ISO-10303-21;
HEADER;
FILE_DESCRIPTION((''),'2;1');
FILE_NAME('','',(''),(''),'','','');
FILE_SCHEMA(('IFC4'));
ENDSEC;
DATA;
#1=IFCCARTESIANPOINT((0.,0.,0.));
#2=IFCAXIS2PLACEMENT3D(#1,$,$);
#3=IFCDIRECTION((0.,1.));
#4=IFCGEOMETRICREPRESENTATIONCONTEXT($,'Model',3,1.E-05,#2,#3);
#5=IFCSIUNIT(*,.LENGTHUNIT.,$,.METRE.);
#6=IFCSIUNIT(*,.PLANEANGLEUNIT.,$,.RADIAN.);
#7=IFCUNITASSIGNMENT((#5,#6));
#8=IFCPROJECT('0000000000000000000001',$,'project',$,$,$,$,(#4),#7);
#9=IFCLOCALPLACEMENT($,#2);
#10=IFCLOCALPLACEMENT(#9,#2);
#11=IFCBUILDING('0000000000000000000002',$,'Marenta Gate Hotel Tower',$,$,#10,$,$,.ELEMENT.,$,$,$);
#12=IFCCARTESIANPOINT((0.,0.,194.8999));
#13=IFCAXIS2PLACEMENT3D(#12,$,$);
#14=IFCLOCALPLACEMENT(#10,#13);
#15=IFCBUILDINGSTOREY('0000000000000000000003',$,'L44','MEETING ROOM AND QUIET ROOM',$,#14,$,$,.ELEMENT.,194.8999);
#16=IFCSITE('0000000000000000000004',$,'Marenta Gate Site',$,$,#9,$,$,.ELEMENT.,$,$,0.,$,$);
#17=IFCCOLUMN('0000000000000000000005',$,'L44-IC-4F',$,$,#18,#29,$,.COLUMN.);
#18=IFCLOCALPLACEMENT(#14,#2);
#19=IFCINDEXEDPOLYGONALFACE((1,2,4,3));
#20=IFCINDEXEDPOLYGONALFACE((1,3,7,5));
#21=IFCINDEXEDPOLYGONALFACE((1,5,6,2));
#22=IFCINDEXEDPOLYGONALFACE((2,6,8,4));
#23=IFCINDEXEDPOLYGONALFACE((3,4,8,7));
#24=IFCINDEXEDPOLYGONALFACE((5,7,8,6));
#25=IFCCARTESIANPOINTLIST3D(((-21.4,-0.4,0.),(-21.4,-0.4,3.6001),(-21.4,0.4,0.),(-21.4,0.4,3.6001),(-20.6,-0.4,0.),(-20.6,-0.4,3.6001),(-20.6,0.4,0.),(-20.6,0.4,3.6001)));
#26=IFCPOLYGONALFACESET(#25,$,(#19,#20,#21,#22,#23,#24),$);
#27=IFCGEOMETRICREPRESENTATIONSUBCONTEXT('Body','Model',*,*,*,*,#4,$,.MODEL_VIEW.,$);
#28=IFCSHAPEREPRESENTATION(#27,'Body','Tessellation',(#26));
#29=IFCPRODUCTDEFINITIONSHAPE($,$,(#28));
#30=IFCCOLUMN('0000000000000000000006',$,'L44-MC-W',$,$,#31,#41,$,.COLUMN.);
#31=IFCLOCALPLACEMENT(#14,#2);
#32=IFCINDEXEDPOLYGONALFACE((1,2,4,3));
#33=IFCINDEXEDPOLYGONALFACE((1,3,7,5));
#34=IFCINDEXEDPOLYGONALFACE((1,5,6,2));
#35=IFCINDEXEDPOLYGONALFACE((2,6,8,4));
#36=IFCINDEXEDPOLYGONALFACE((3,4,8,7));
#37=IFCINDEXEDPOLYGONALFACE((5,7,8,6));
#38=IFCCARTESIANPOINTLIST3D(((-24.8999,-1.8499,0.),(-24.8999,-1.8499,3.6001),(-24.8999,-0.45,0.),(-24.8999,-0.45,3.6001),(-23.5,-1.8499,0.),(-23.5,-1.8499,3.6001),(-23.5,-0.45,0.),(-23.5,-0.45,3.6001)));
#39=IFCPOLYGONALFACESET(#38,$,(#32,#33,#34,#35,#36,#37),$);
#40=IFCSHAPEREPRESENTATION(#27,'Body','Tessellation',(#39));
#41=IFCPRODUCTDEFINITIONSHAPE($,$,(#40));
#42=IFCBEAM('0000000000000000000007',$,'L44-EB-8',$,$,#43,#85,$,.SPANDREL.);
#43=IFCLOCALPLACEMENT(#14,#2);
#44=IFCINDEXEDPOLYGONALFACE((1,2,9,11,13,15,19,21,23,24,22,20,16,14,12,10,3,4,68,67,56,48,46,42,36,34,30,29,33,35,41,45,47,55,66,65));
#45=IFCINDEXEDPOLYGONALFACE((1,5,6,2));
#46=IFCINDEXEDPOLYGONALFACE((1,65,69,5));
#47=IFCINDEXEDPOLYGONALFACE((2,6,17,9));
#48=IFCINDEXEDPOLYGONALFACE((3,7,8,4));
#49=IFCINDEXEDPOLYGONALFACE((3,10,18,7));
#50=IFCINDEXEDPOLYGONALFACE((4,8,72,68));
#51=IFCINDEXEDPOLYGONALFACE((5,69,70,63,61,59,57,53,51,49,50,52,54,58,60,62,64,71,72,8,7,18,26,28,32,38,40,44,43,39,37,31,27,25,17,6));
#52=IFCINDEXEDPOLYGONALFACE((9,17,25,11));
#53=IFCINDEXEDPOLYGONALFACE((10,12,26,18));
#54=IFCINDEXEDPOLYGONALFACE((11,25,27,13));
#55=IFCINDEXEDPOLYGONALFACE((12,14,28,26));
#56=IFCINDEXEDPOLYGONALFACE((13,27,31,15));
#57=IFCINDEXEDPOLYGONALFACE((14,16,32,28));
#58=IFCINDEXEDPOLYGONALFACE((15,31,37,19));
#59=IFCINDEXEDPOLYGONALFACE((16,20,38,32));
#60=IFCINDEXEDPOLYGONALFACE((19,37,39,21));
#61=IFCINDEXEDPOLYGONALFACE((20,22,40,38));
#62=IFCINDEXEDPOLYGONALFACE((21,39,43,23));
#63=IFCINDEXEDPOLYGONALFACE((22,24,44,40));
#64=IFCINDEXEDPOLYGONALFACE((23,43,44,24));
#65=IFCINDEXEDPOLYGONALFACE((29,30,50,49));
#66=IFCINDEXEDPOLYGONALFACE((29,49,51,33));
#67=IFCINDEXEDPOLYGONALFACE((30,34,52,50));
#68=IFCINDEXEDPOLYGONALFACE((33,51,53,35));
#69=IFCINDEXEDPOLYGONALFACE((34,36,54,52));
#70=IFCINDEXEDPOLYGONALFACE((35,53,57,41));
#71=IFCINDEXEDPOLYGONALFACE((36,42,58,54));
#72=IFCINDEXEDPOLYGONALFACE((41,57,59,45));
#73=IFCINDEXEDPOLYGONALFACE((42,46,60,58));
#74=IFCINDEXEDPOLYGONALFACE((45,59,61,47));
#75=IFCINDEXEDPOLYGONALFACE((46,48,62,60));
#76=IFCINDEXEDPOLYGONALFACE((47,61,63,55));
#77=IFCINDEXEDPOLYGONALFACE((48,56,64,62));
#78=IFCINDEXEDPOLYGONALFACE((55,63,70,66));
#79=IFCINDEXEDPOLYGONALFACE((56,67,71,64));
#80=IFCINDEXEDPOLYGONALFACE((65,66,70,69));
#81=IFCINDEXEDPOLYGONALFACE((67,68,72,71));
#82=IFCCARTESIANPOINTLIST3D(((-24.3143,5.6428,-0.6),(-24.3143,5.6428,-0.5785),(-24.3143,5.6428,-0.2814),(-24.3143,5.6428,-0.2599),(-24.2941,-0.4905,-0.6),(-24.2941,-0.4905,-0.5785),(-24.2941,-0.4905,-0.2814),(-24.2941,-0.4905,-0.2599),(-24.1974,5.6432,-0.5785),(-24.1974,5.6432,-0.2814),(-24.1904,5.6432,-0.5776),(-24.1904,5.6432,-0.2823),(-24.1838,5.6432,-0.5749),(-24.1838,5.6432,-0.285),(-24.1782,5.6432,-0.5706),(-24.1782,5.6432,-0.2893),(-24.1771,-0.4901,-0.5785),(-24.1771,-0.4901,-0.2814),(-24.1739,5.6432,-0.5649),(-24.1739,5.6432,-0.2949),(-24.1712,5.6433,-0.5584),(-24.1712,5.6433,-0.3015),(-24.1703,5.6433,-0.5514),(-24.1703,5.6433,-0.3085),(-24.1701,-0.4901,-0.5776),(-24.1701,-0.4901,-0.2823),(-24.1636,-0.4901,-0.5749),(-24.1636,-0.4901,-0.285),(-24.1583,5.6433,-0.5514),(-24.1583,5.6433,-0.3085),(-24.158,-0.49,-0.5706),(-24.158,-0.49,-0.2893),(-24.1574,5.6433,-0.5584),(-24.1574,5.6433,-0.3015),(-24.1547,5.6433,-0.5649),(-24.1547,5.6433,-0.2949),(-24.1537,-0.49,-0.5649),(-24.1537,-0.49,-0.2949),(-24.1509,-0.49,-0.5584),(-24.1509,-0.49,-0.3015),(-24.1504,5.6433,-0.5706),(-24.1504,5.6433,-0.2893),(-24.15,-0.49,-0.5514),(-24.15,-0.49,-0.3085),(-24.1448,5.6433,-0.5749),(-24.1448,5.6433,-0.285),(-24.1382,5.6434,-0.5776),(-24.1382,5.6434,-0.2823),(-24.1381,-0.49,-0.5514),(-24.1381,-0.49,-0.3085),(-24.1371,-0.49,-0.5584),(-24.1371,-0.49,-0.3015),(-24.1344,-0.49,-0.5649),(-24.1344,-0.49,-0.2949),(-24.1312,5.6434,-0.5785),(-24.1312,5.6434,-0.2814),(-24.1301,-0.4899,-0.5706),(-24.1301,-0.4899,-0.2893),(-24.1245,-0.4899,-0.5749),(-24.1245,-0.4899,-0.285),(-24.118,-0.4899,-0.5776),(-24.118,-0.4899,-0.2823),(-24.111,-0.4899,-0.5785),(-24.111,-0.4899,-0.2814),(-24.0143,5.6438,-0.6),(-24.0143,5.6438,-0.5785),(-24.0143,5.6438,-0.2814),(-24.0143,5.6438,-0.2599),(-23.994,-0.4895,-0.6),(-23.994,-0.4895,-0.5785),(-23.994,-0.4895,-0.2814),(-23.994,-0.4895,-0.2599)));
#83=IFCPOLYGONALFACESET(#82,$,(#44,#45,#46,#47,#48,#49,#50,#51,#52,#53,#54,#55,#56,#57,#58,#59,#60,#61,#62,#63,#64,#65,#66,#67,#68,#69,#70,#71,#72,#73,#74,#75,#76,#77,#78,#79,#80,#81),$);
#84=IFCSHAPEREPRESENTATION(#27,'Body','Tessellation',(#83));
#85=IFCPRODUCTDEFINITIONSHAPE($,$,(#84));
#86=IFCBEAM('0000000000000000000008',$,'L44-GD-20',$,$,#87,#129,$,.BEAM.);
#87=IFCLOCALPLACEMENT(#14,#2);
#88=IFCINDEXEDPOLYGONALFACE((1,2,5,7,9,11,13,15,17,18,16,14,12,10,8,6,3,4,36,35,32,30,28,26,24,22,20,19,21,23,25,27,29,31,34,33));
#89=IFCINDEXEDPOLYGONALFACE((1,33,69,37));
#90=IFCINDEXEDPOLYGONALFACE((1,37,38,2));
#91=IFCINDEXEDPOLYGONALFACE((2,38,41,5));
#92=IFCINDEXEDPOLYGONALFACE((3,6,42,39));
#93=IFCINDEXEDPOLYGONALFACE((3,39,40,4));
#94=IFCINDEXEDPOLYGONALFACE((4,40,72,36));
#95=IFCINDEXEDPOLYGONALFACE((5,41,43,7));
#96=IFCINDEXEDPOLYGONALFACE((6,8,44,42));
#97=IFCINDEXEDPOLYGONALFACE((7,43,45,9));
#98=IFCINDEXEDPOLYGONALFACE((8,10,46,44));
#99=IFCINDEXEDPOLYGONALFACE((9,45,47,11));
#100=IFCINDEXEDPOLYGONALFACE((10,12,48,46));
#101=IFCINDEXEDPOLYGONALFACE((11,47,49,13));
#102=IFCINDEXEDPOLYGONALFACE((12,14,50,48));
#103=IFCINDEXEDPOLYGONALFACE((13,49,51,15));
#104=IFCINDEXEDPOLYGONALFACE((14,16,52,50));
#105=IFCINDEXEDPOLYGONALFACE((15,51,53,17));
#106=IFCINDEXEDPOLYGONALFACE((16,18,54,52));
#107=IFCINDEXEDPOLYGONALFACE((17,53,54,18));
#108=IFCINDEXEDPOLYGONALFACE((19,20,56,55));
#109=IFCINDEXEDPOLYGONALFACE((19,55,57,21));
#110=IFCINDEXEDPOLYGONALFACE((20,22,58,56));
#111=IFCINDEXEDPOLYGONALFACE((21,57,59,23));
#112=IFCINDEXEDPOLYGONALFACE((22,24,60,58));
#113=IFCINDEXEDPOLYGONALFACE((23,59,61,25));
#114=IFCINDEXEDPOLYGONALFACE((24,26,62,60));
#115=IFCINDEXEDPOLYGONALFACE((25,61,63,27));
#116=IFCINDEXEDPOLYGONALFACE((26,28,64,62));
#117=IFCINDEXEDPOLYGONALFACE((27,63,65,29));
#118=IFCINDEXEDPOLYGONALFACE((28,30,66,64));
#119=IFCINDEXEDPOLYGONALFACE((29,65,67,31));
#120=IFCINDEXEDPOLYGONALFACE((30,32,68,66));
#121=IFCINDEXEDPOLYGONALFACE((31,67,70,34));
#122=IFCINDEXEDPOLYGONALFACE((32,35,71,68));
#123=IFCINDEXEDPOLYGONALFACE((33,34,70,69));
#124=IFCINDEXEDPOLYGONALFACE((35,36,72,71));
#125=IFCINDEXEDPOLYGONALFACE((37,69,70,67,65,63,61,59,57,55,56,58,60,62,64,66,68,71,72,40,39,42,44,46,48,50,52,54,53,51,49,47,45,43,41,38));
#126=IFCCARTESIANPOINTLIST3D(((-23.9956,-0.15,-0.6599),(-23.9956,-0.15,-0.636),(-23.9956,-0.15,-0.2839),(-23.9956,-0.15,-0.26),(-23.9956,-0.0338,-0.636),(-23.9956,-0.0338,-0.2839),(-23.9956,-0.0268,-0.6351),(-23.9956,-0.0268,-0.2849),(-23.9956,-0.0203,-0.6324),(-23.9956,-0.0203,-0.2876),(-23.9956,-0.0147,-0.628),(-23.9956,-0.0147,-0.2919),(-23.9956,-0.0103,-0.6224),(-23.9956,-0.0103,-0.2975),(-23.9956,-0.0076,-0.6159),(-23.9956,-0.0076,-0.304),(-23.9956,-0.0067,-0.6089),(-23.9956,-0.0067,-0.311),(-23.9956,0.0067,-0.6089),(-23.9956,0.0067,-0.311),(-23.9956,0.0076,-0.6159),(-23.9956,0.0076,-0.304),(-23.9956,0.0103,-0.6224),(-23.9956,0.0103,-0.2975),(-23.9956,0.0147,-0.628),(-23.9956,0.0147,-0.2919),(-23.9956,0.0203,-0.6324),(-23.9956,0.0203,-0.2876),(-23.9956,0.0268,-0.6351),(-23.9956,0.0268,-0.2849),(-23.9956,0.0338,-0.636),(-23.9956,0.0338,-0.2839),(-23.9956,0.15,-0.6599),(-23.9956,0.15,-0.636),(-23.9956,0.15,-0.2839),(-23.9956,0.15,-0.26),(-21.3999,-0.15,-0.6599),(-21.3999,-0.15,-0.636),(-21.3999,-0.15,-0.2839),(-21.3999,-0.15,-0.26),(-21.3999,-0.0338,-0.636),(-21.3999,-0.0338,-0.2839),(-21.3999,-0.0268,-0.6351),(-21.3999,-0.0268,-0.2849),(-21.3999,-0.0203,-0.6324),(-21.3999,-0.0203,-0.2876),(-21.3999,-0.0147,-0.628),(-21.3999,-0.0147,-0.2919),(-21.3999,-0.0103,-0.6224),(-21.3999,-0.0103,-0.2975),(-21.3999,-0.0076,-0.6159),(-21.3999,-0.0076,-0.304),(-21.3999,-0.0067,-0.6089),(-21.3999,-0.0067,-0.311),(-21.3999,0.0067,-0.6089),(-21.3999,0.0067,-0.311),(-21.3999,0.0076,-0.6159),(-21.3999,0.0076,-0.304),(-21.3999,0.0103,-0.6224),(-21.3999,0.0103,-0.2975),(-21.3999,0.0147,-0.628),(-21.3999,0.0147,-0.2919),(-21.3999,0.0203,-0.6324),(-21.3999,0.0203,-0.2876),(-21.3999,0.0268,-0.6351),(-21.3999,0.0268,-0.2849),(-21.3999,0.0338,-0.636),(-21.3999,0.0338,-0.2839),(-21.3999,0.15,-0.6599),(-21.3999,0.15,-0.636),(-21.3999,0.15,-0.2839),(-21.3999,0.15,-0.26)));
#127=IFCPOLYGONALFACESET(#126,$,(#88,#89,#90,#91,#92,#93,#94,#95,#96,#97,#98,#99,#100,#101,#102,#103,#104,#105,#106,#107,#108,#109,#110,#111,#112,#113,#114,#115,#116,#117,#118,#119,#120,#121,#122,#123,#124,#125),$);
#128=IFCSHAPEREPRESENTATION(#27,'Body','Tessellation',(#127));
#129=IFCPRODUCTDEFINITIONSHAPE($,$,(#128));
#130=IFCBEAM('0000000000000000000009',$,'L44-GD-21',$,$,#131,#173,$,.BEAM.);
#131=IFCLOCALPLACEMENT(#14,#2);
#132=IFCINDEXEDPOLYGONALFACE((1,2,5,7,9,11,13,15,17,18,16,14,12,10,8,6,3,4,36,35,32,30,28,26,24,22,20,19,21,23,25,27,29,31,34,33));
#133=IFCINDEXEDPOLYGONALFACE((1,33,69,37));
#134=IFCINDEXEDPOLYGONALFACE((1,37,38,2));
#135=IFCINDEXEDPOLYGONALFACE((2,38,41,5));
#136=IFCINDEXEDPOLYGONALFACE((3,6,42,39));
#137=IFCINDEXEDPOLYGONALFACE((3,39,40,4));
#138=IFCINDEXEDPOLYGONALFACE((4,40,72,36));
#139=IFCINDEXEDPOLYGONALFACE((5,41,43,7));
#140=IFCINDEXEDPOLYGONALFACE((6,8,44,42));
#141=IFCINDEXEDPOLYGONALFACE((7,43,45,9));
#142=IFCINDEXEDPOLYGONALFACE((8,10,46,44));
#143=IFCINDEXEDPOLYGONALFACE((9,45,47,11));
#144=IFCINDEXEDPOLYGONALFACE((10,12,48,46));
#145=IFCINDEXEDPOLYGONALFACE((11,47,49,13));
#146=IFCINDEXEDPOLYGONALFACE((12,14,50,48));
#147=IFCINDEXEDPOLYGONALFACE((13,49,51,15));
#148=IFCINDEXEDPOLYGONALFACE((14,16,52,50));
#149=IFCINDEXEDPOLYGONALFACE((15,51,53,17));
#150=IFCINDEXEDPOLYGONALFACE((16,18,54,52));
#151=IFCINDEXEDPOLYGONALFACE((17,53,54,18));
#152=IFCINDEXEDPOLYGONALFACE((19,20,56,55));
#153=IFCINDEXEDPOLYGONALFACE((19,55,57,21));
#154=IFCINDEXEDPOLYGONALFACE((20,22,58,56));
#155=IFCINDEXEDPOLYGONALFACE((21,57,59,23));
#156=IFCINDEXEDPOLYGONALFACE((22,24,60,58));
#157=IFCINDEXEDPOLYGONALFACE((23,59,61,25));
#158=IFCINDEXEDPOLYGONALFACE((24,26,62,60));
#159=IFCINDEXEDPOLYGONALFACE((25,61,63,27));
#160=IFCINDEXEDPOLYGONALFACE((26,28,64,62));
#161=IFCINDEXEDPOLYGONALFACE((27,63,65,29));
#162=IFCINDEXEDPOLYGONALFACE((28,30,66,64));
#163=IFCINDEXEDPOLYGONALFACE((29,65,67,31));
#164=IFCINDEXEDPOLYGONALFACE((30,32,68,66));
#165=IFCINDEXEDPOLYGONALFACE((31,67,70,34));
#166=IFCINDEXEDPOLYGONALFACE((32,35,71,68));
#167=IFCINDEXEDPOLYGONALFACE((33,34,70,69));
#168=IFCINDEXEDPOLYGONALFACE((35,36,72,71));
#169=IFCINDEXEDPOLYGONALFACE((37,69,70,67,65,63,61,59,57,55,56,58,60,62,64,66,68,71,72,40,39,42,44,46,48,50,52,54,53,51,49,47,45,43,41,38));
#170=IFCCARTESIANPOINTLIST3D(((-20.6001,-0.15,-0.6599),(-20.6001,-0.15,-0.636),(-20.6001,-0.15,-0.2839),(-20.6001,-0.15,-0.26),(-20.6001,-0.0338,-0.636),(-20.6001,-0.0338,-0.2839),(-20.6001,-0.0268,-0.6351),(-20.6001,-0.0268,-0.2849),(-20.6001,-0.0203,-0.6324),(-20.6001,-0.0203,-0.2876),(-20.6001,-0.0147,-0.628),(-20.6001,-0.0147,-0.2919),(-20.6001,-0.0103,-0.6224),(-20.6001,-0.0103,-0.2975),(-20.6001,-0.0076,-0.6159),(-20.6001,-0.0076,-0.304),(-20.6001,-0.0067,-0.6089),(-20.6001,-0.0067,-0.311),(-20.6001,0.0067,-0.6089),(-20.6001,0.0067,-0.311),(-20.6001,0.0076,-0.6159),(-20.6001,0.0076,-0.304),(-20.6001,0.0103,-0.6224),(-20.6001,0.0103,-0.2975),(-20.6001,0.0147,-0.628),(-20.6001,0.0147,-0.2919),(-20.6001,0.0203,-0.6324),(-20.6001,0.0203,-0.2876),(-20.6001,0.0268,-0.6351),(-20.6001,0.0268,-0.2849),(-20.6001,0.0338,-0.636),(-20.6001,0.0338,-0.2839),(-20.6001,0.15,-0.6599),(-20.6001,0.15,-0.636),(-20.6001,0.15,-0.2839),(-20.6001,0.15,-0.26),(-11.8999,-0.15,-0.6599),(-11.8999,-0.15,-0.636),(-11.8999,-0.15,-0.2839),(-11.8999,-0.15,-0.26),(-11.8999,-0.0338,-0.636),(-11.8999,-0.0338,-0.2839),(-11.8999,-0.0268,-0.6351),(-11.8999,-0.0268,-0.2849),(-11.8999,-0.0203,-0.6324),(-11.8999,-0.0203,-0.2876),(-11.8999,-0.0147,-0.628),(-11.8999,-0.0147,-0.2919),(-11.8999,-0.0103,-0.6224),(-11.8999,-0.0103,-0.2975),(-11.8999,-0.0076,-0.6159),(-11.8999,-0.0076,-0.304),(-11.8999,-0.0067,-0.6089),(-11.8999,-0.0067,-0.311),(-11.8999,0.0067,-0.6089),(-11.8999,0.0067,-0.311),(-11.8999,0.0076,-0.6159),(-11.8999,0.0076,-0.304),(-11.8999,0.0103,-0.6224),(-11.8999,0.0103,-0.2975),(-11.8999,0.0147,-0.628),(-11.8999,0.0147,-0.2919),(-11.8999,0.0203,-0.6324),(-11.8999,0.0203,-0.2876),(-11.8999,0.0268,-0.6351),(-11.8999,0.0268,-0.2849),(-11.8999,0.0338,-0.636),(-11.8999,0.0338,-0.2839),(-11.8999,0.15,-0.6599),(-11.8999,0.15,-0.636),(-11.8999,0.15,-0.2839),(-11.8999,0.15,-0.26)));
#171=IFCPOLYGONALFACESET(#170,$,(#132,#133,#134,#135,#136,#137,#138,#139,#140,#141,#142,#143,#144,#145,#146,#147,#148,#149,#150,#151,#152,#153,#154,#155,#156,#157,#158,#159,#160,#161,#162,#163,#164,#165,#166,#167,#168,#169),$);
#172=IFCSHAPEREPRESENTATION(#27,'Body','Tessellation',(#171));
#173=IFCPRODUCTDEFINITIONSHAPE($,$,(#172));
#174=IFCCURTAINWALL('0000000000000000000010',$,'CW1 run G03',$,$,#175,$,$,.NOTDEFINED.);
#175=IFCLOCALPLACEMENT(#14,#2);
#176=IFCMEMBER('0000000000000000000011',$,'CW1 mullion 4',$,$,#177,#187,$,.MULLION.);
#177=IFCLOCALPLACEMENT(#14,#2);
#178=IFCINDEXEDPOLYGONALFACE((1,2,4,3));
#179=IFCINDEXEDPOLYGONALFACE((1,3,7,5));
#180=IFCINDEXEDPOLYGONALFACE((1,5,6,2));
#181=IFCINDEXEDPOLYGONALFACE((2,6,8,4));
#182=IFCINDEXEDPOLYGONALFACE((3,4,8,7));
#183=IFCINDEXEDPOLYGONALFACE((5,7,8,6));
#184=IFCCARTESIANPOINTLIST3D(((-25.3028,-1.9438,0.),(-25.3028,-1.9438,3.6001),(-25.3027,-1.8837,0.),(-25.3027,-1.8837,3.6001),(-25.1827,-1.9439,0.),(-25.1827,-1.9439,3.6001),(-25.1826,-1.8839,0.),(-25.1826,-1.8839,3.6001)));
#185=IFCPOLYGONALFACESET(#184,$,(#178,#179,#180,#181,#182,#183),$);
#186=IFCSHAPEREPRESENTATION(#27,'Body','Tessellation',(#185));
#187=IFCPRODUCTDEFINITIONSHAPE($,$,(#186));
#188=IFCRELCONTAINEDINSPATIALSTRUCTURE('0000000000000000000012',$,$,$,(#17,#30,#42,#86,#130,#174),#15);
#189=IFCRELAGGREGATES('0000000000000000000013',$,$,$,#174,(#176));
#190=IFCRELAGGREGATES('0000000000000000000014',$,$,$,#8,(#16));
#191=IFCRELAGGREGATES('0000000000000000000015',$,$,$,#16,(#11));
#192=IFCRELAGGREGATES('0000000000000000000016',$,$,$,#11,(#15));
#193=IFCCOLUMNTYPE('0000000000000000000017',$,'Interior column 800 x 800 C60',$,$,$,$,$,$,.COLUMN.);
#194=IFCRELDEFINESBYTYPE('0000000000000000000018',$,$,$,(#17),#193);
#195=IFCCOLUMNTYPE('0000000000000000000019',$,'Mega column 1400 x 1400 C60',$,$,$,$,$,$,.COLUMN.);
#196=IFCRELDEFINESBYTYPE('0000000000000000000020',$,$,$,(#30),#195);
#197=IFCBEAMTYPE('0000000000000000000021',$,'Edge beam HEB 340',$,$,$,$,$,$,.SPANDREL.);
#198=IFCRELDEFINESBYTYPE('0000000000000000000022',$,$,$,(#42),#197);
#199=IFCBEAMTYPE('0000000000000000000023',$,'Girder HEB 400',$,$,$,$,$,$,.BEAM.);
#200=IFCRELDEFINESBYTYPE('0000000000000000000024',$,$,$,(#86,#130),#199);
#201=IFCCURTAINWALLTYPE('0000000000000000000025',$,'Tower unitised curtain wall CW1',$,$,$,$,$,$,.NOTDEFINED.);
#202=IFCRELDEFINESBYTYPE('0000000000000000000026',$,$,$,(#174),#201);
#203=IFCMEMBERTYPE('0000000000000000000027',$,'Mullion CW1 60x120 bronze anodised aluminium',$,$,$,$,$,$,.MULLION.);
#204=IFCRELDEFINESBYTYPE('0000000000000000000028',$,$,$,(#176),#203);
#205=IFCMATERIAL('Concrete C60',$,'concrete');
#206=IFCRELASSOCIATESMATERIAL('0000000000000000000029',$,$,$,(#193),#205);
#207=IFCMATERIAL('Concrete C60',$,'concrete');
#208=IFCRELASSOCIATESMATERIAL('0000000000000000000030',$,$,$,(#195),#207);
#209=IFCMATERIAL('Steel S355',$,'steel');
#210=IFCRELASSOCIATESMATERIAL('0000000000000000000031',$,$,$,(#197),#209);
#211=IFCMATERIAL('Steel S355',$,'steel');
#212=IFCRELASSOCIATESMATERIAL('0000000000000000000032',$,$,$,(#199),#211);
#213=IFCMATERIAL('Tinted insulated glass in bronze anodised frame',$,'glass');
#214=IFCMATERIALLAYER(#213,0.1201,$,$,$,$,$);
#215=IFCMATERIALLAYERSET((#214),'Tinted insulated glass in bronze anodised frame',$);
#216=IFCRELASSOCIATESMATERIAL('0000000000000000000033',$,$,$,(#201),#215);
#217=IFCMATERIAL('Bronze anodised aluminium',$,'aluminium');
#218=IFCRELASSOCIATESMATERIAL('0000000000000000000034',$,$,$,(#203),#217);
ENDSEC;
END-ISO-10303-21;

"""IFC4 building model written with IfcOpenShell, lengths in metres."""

from ifc_helpers import new_model, si_unit, direction, frame, origin, origin_2d, place, context, subcontext, project, spatial, rectangle, i_section, extrude, material, layer, layer_set, material_profile, profile_set, type_object, element, aggregate, save


model = new_model("IFC4")

# Units and contexts
model_context = context("Model", 3, precision=1e-05, world=origin(), true_north=direction((0.0, 1.0)))
body_context = subcontext(model_context, "Body", "Model", "MODEL_VIEW")
ifc_project = project(units=[si_unit("LENGTHUNIT", "METRE"), si_unit("PLANEANGLEUNIT", "RADIAN")], contexts=[model_context])

# Site, building, storey
site_placement = place(None, origin())
site = spatial("IfcSite", under=ifc_project, at=site_placement, Name="Marenta Gate Site", CompositionType="ELEMENT", RefElevation=0.0)
building_placement = place(site_placement, origin())
building = spatial("IfcBuilding", under=site, at=building_placement, Name="Marenta Gate Hotel Tower", CompositionType="ELEMENT")
storey_placement = place(building_placement, frame((0.0, 0.0, 194.8999)))
storey = spatial("IfcBuildingStorey", under=building, at=storey_placement, Name="L44", Description="MEETING ROOM AND QUIET ROOM", CompositionType="ELEMENT", Elevation=194.8999)

# Columns
ifc_material_1 = material(Name="Concrete C60", Category="concrete")
ifc_material_profile_1 = material_profile(ifc_material_1, rectangle(XDim=0.8, YDim=0.8, at=origin_2d()), Name="800 x 800")
ifc_profile_set_1 = profile_set([ifc_material_profile_1], Name="Concrete C60")
column_type_1 = type_object("IfcColumnType", Name="Interior column 800 x 800 C60", PredefinedType="COLUMN", material=ifc_profile_set_1)
column_1_placement = place(storey_placement, frame((-21.0, 0.0, 0.0), z_axis=(0.0, 0.0, 1.0), x_axis=(1.0, 0.0, 0.0)))
element("IfcColumn", 1, at=column_1_placement, inside=storey, type_object=column_type_1, Name="L44-IC-4F", PredefinedType="COLUMN", context=body_context, shape_type="SweptSolid", body=[
    extrude(rectangle(XDim=0.8, YDim=0.8, at=origin_2d()), origin(), (0.0, 0.0, 1.0), 3.6001),
])
ifc_material_2 = material(Name="Concrete C60", Category="concrete")
ifc_material_profile_2 = material_profile(ifc_material_2, rectangle(XDim=1.3999, YDim=1.3999, at=origin_2d()), Name="1400 x 1400")
ifc_profile_set_2 = profile_set([ifc_material_profile_2], Name="Concrete C60")
column_type_2 = type_object("IfcColumnType", Name="Mega column 1400 x 1400 C60", PredefinedType="COLUMN", material=ifc_profile_set_2)
column_2_placement = place(storey_placement, frame((-24.2, -1.1499, 0.0), z_axis=(0.0, 0.0, 1.0), x_axis=(1.0, 0.0, 0.0)))
element("IfcColumn", 2, at=column_2_placement, inside=storey, type_object=column_type_2, Name="L44-MC-W", PredefinedType="COLUMN", context=body_context, shape_type="SweptSolid", body=[
    extrude(rectangle(XDim=1.3999, YDim=1.3999, at=origin_2d()), origin(), (0.0, 0.0, 1.0), 3.6001),
])

# Beams
ifc_material_3 = material(Name="Steel S355", Category="steel")
ifc_material_profile_3 = material_profile(ifc_material_3, i_section(OverallWidth=0.3, OverallDepth=0.3401, WebThickness=0.012, FlangeThickness=0.0215, FilletRadius=0.0271, at=origin_2d()), Name="HEB 340")
ifc_profile_set_3 = profile_set([ifc_material_profile_3], Name="Steel S355")
beam_type_1 = type_object("IfcBeamType", Name="Edge beam HEB 340", PredefinedType="SPANDREL", material=ifc_profile_set_3)
beam_1_placement = place(storey_placement, frame((-24.144, -0.49, -0.4299), z_axis=(-0.003304, 0.999995, 0.0), x_axis=(-0.999995, -0.003304, 0.0)))
element("IfcBeam", 3, at=beam_1_placement, inside=storey, type_object=beam_type_1, Name="L44-EB-8", PredefinedType="SPANDREL", context=body_context, shape_type="SweptSolid", body=[
    extrude(i_section(OverallWidth=0.3, OverallDepth=0.3401, WebThickness=0.012, FlangeThickness=0.0215, FilletRadius=0.0271, at=origin_2d()), origin(), (0.0, 0.0, 1.0), 6.1333),
])
ifc_material_4 = material(Name="Steel S355", Category="steel")
ifc_material_profile_4 = material_profile(ifc_material_4, i_section(OverallWidth=0.3, OverallDepth=0.3999, WebThickness=0.0134, FlangeThickness=0.0239, FilletRadius=0.0271, at=origin_2d()), Name="HEB 400")
ifc_profile_set_4 = profile_set([ifc_material_profile_4], Name="Steel S355")
beam_type_2 = type_object("IfcBeamType", Name="Girder HEB 400", PredefinedType="BEAM", material=ifc_profile_set_4)
beam_2_placement = place(storey_placement, frame((-23.9956, 0.0, -0.46), z_axis=(1.0, 0.0, 0.0), x_axis=(0.0, 1.0, 0.0)))
element("IfcBeam", 4, at=beam_2_placement, inside=storey, type_object=beam_type_2, Name="L44-GD-20", PredefinedType="BEAM", context=body_context, shape_type="SweptSolid", body=[
    extrude(i_section(OverallWidth=0.3, OverallDepth=0.3999, WebThickness=0.0134, FlangeThickness=0.0239, FilletRadius=0.0271, at=origin_2d()), origin(), (0.0, 0.0, 1.0), 2.5957),
])
beam_3_placement = place(storey_placement, frame((-20.6001, 0.0, -0.46), z_axis=(1.0, 0.0, 0.0), x_axis=(0.0, 1.0, 0.0)))
element("IfcBeam", 5, at=beam_3_placement, inside=storey, type_object=beam_type_2, Name="L44-GD-21", PredefinedType="BEAM", context=body_context, shape_type="SweptSolid", body=[
    extrude(i_section(OverallWidth=0.3, OverallDepth=0.3999, WebThickness=0.0134, FlangeThickness=0.0239, FilletRadius=0.0271, at=origin_2d()), origin(), (0.0, 0.0, 1.0), 8.7002),
])

# Curtain wall, member
ifc_material_5 = material(Name="Tinted insulated glass in bronze anodised frame", Category="glass")
ifc_layer_1 = layer(ifc_material_5, 0.1201)
ifc_layer_set_1 = layer_set([ifc_layer_1], Name="Tinted insulated glass in bronze anodised frame")
curtain_wall_type = type_object("IfcCurtainWallType", Name="Tower unitised curtain wall CW1", PredefinedType="NOTDEFINED", material=ifc_layer_set_1)
curtain_wall_placement = place(storey_placement, origin())
curtain_wall = element("IfcCurtainWall", 6, at=curtain_wall_placement, inside=storey, type_object=curtain_wall_type, Name="CW1 run G03", PredefinedType="NOTDEFINED")
ifc_material_6 = material(Name="Bronze anodised aluminium", Category="aluminium")
ifc_material_profile_5 = material_profile(ifc_material_6, rectangle(XDim=0.1201, YDim=0.0601, at=origin_2d()), Name="Mullion CW1 60x120 bronze anodised aluminium")
ifc_profile_set_5 = profile_set([ifc_material_profile_5], Name="Bronze anodised aluminium")
member_type_1 = type_object("IfcMemberType", Name="Mullion CW1 60x120 bronze anodised aluminium", PredefinedType="MULLION", material=ifc_profile_set_5)
member_1_placement = place(storey_placement, frame((-25.2427, -1.9138, 0.0), z_axis=(0.0, 0.0, 1.0), x_axis=(0.999999, -0.001566, 0.0)))
member_1 = element("IfcMember", 7, at=member_1_placement, type_object=member_type_1, Name="CW1 mullion 4", PredefinedType="MULLION", context=body_context, shape_type="SweptSolid", body=[
    extrude(rectangle(XDim=0.1201, YDim=0.0601, at=origin_2d()), origin(), (0.0, 0.0, 1.0), 3.6001),
])
aggregate(curtain_wall, [member_1])

save(model, "model.ifc")
